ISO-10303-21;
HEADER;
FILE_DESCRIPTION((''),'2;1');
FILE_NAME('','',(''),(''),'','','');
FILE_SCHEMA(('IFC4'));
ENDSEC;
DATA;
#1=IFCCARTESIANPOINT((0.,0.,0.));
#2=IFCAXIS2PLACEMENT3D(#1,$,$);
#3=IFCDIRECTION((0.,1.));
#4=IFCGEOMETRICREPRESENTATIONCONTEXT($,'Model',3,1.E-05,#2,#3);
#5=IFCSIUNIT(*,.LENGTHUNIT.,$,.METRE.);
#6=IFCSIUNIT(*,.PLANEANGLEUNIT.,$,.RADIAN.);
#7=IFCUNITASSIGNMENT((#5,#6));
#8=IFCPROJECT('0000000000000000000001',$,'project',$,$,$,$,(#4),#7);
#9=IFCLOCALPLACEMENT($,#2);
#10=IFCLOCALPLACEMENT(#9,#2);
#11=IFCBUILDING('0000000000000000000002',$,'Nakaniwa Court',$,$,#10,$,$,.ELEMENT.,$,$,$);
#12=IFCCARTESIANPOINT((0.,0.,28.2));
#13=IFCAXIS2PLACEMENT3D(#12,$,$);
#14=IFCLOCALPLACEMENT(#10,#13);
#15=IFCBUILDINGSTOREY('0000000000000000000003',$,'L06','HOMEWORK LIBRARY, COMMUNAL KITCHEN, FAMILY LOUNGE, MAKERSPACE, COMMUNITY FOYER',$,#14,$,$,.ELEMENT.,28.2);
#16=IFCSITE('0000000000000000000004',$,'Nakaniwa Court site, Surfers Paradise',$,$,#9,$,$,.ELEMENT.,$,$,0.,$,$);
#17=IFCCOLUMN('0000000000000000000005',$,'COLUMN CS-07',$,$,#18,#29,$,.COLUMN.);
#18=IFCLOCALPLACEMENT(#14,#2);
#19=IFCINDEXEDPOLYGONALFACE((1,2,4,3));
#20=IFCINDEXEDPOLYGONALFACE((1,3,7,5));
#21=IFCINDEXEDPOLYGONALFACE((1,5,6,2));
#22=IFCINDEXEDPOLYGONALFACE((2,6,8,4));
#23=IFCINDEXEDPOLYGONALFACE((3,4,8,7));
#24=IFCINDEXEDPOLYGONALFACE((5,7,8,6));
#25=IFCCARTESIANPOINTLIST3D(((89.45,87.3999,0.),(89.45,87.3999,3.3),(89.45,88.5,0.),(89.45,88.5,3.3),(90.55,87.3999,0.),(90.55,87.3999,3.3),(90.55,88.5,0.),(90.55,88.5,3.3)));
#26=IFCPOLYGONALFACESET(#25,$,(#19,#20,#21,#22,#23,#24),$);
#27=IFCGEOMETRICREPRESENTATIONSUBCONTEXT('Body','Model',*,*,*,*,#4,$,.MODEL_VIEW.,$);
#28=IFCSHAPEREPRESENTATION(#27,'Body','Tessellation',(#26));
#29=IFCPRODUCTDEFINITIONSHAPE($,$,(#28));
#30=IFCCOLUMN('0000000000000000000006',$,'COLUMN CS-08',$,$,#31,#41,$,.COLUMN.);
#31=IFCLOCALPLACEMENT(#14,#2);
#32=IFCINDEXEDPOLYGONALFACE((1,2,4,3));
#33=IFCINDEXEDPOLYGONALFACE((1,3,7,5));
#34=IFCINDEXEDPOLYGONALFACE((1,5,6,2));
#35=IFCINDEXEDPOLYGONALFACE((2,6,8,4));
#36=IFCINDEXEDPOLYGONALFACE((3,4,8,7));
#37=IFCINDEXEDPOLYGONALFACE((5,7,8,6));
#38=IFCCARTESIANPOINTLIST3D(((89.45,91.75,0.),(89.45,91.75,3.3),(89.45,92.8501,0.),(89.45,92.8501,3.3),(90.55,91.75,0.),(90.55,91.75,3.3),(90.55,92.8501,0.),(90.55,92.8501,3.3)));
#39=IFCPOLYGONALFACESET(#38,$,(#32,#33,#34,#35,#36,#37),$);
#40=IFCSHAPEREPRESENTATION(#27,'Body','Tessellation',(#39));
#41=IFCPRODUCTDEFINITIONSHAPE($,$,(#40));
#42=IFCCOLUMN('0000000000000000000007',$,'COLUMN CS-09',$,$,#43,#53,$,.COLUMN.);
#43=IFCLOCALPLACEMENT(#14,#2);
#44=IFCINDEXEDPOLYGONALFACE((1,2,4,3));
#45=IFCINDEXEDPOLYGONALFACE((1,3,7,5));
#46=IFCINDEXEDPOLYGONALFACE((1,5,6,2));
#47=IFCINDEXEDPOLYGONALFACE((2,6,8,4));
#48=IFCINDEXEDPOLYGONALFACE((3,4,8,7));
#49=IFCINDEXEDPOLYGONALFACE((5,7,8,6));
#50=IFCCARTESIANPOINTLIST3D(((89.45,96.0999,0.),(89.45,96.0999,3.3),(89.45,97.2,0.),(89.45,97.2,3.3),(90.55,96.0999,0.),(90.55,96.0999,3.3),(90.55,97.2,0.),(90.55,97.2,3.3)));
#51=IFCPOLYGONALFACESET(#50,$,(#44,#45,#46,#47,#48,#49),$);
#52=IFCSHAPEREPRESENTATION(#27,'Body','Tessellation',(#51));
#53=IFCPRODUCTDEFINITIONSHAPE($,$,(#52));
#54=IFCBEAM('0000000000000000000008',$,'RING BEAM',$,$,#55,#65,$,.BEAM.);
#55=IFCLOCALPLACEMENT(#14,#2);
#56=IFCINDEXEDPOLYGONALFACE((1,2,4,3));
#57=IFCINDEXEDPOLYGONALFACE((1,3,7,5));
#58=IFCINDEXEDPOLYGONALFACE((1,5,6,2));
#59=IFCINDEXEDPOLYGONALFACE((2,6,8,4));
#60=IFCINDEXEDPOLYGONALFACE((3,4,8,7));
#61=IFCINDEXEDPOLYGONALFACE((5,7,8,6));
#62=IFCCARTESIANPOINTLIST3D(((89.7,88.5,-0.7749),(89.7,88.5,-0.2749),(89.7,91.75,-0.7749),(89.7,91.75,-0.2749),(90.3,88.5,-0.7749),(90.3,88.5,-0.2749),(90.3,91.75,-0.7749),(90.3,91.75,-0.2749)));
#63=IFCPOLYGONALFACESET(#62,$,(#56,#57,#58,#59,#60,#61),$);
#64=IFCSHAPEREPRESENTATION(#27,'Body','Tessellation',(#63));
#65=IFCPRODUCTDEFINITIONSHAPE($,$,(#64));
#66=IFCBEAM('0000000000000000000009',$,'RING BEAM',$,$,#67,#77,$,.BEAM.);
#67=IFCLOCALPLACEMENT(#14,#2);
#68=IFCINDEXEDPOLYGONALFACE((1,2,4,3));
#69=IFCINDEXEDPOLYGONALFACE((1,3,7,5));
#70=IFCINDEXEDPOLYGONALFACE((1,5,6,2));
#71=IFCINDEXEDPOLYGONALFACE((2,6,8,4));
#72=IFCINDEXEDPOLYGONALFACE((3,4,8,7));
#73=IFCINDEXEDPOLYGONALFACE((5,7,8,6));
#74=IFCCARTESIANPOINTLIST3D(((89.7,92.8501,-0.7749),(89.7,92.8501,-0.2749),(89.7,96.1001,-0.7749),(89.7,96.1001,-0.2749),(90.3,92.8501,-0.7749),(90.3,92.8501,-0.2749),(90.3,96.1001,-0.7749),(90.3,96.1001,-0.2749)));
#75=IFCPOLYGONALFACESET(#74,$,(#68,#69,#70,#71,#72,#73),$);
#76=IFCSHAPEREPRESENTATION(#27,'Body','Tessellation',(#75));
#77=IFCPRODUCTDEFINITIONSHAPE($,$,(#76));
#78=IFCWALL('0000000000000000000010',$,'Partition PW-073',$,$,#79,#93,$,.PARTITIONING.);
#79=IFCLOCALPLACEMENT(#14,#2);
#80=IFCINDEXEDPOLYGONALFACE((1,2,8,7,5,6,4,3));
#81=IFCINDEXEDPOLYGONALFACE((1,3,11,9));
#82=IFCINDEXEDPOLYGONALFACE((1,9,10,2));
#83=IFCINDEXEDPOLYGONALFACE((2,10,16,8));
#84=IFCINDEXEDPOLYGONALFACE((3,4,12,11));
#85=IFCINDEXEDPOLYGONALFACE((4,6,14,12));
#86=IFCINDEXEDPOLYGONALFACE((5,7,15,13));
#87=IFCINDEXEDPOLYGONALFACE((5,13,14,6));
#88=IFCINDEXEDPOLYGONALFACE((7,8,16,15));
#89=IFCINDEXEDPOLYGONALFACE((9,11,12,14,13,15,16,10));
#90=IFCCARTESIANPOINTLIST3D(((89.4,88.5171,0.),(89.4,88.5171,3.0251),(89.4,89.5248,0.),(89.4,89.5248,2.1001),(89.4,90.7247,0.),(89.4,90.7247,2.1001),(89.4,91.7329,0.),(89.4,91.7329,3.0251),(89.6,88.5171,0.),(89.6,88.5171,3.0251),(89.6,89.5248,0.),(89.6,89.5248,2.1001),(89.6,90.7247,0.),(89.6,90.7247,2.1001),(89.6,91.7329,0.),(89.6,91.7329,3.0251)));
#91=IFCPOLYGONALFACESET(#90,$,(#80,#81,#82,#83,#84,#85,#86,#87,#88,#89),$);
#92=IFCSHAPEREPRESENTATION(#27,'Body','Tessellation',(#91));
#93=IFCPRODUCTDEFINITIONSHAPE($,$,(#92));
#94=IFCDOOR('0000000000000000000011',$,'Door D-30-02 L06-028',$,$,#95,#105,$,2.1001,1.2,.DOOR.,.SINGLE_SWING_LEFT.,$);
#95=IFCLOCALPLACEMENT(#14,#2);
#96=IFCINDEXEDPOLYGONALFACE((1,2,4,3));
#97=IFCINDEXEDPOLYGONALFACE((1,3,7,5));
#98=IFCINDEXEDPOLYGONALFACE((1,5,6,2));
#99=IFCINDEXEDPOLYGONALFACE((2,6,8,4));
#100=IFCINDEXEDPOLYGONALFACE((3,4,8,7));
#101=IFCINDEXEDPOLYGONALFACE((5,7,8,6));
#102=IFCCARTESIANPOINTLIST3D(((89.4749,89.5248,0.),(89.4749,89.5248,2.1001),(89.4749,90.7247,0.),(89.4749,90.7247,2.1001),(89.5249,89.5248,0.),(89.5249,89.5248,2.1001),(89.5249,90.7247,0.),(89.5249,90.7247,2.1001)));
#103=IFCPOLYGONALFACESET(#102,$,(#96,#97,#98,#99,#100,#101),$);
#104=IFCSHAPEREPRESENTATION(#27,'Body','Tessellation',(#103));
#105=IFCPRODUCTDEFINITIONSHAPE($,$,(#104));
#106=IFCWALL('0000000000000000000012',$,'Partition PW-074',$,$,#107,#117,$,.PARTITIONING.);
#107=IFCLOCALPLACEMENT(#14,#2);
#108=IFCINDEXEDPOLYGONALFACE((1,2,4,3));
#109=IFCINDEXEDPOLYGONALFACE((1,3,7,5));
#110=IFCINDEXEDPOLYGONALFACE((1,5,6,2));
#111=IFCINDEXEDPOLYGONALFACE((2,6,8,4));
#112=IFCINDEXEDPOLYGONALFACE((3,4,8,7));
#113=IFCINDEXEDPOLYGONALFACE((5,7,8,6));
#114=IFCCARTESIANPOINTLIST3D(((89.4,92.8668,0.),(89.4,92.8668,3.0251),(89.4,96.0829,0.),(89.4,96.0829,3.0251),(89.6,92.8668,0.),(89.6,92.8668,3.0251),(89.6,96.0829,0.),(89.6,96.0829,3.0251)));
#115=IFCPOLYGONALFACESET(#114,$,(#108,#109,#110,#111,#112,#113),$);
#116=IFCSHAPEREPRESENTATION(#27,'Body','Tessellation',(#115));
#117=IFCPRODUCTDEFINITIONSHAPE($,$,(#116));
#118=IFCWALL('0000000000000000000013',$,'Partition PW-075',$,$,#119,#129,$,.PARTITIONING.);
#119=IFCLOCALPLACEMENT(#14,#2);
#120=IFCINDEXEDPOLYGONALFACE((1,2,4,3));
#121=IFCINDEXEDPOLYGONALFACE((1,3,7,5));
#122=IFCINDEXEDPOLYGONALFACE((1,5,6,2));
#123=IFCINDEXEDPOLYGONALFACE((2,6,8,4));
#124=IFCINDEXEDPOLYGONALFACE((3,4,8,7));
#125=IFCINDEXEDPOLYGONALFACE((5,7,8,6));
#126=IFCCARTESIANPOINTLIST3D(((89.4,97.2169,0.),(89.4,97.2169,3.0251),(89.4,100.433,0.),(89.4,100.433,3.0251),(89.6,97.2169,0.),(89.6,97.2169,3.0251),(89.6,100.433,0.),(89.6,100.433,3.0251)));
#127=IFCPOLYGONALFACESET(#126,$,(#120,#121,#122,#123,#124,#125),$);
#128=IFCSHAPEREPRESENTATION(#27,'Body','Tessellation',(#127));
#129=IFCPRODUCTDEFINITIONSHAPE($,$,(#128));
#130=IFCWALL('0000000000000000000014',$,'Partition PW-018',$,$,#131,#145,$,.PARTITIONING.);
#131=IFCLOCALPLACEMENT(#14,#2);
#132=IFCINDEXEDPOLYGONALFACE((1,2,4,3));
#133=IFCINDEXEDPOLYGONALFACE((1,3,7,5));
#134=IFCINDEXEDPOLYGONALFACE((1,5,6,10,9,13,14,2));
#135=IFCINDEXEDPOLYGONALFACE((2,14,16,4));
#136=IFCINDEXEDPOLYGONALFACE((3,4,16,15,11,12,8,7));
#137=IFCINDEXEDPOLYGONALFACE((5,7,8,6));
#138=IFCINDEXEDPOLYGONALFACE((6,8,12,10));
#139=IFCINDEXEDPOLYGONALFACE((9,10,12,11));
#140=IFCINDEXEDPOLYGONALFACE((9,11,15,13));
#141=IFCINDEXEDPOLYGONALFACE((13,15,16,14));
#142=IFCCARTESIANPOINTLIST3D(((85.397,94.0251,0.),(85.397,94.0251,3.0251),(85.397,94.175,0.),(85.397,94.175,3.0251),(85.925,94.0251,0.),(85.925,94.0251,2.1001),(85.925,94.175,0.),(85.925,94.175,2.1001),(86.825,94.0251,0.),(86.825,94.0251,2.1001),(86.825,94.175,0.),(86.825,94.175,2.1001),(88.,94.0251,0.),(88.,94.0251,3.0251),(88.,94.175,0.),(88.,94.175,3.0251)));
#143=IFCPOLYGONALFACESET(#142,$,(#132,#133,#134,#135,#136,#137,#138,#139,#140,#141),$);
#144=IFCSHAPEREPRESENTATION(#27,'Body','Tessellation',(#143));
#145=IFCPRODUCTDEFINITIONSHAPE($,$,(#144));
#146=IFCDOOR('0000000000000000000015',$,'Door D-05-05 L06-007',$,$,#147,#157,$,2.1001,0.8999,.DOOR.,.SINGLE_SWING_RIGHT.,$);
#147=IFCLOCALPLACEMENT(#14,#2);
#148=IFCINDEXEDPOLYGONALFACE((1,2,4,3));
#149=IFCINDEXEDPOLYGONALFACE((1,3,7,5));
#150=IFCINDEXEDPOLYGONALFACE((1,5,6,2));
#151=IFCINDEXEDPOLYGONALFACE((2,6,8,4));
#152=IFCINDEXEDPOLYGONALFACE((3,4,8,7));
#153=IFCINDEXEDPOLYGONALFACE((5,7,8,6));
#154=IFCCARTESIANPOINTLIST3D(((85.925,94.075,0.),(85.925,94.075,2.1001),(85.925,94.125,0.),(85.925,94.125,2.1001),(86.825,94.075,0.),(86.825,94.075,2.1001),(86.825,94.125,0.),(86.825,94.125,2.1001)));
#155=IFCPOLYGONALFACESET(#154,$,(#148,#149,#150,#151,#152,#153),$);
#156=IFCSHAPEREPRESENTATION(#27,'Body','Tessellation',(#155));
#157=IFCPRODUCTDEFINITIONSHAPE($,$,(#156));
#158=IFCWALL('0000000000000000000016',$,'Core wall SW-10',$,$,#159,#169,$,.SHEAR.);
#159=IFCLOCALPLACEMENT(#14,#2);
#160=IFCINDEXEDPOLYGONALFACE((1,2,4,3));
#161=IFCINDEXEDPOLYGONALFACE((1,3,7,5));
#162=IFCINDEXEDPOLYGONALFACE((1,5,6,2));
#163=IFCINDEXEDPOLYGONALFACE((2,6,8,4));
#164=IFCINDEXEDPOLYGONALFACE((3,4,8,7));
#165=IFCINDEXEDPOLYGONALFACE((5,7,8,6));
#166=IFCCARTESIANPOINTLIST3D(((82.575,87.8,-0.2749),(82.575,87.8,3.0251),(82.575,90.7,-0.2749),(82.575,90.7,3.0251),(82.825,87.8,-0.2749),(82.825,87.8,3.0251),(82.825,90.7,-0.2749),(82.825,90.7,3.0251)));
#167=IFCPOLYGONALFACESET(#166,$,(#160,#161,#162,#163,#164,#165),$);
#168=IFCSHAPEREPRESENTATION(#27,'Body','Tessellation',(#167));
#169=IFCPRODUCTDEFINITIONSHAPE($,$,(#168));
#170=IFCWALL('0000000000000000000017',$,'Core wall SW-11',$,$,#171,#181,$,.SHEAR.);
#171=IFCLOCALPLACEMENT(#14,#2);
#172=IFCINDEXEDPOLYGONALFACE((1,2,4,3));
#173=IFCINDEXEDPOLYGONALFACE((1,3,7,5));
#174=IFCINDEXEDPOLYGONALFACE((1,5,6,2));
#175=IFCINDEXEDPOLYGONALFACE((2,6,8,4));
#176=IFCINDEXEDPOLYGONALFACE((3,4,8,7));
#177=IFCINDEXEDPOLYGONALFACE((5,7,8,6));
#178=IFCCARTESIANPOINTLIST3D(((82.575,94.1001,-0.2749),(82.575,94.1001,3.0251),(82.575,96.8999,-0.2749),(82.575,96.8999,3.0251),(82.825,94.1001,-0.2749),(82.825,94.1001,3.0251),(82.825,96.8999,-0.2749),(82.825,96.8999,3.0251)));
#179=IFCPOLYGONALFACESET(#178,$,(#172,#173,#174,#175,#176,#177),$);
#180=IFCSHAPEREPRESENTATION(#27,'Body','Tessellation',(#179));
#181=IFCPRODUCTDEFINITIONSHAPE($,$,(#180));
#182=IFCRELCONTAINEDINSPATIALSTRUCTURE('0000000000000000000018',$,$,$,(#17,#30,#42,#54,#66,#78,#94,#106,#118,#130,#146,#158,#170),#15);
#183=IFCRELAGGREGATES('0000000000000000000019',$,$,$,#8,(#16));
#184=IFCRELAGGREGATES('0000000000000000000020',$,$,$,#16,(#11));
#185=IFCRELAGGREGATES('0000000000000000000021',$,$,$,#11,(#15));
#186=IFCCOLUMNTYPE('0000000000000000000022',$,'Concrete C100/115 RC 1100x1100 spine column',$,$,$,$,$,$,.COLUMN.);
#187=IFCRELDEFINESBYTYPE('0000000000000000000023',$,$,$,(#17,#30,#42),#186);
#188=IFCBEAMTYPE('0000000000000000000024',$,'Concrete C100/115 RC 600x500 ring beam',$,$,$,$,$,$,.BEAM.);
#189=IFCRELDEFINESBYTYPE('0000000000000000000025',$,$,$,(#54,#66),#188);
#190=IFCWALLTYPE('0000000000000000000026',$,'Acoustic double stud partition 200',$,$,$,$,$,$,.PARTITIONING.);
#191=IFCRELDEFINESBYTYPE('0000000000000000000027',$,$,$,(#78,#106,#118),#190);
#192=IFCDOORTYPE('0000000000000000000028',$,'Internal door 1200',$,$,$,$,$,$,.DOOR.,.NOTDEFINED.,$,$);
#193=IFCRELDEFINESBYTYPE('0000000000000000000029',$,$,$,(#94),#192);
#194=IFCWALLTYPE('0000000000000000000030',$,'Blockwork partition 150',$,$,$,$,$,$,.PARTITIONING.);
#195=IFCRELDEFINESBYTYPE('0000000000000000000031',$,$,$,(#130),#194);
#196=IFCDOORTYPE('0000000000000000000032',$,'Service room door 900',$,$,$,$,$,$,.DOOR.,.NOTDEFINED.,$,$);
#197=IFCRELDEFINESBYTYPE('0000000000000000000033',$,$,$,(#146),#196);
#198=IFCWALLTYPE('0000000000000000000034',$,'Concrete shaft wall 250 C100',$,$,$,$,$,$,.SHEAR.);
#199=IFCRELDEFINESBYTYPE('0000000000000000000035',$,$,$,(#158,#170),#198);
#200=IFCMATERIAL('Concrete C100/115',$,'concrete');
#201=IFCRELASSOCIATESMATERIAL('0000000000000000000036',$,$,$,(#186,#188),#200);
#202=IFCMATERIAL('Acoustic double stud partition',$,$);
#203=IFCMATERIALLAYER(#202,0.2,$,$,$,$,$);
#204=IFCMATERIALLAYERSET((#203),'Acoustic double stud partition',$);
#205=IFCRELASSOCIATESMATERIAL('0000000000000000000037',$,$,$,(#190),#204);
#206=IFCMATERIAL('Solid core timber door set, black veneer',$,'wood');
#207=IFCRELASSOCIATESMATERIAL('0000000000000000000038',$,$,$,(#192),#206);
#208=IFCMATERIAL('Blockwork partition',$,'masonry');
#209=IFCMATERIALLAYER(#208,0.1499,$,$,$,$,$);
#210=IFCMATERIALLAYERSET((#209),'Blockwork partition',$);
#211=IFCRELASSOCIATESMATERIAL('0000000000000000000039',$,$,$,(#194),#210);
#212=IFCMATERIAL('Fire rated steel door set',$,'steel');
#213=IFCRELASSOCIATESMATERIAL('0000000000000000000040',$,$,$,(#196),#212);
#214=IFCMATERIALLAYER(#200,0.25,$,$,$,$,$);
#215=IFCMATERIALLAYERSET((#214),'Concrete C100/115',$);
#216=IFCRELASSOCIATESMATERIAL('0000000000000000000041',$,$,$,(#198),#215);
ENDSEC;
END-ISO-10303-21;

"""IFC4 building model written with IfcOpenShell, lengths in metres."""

from ifc_helpers import new_model, si_unit, direction, frame, frame_2d, origin, origin_2d, place, context, subcontext, project, spatial, rectangle, extrude, material, layer, layer_set, material_profile, profile_set, type_object, element, fill, save


model = new_model("IFC4")

# Units and contexts
model_context = context("Model", 3, precision=1e-05, world=origin(), true_north=direction((0.0, 1.0)))
body_context = subcontext(model_context, "Body", "Model", "MODEL_VIEW")
ifc_project = project(units=[si_unit("LENGTHUNIT", "METRE"), si_unit("PLANEANGLEUNIT", "RADIAN")], contexts=[model_context])

# Site, building, storey
site_placement = place(None, origin())
site = spatial("IfcSite", under=ifc_project, at=site_placement, Name="Nakaniwa Court site, Surfers Paradise", CompositionType="ELEMENT", RefElevation=0.0)
building_placement = place(site_placement, origin())
building = spatial("IfcBuilding", under=site, at=building_placement, Name="Nakaniwa Court", CompositionType="ELEMENT")
storey_placement = place(building_placement, frame((0.0, 0.0, 28.2)))
storey = spatial("IfcBuildingStorey", under=building, at=storey_placement, Name="L06", Description="HOMEWORK LIBRARY, COMMUNAL KITCHEN, FAMILY LOUNGE, MAKERSPACE, COMMUNITY FOYER", CompositionType="ELEMENT", Elevation=28.2)

# Columns
ifc_material_1 = material(Name="Concrete C100/115", Category="concrete")
ifc_material_profile_1 = material_profile(ifc_material_1, rectangle(XDim=1.1001, YDim=1.1001, at=origin_2d()), Name="Concrete C100/115 RC 1100x1100 spine column")
ifc_profile_set_1 = profile_set([ifc_material_profile_1], Name="Concrete C100/115")
column_type = type_object("IfcColumnType", Name="Concrete C100/115 RC 1100x1100 spine column", PredefinedType="COLUMN", material=ifc_profile_set_1)
for number, where, z_axis, x_axis, name in (
    (1, (90.0, 87.95, 0.0), (0.0, 0.0, 1.0), (0.0, 1.0, 0.0), "COLUMN CS-07"),
    (2, (90.0, 92.3, 0.0), (0.0, 0.0, 1.0), (0.0, 1.0, 0.0), "COLUMN CS-08"),
    (3, (90.0, 96.6499, 0.0), (0.0, 0.0, 1.0), (0.0, 1.0, 0.0), "COLUMN CS-09"),
):
    element("IfcColumn", number, at=place(storey_placement, frame(where, z_axis=z_axis, x_axis=x_axis)), inside=storey, type_object=column_type, Name=name, PredefinedType="COLUMN", context=body_context, shape_type="SweptSolid", body=[
        extrude(rectangle(XDim=1.1001, YDim=1.1001, at=origin_2d()), origin(), (0.0, 0.0, 1.0), 3.3),
    ])

# Beams
ifc_material_profile_2 = material_profile(ifc_material_1, rectangle(XDim=0.6001, YDim=0.5, at=origin_2d()), Name="Concrete C100/115 RC 600x500 ring beam")
ifc_profile_set_2 = profile_set([ifc_material_profile_2], Name="Concrete C100/115")
beam_type = type_object("IfcBeamType", Name="Concrete C100/115 RC 600x500 ring beam", PredefinedType="BEAM", material=ifc_profile_set_2)
for number, where, z_axis, x_axis, name in (
    (4, (90.0, 88.5, -0.5249), (0.0, 1.0, 0.0), (-1.0, 0.0, 0.0), "RING BEAM"),
    (5, (90.0, 92.8501, -0.5249), (0.0, 1.0, 0.0), (-1.0, 0.0, 0.0), "RING BEAM"),
):
    element("IfcBeam", number, at=place(storey_placement, frame(where, z_axis=z_axis, x_axis=x_axis)), inside=storey, type_object=beam_type, Name=name, PredefinedType="BEAM", context=body_context, shape_type="SweptSolid", body=[
        extrude(rectangle(XDim=0.6001, YDim=0.5, at=origin_2d()), origin(), (0.0, 0.0, 1.0), 3.25),
    ])

# Wall, opening, door
ifc_material_2 = material(Name="Acoustic double stud partition")
ifc_layer_1 = layer(ifc_material_2, 0.2)
ifc_layer_set_1 = layer_set([ifc_layer_1], Name="Acoustic double stud partition")
wall_type_1 = type_object("IfcWallType", Name="Acoustic double stud partition 200", PredefinedType="PARTITIONING", material=ifc_layer_set_1)
wall_1_placement = place(storey_placement, frame((89.5, 91.7329, 0.0), z_axis=(0.0, 0.0, 1.0), x_axis=(0.0, -1.0, 0.0)))
wall_1 = element("IfcWall", 6, at=wall_1_placement, inside=storey, type_object=wall_type_1, Name="Partition PW-073", PredefinedType="PARTITIONING", context=body_context, shape_type="SweptSolid", body=[
    extrude(rectangle(XDim=3.2158, YDim=0.2, at=frame_2d((1.6079, 0.0))), origin(), (0.0, 0.0, 1.0), 3.0251),
])
opening_1_placement = place(wall_1_placement, frame((1.0081, 0.0, 0.0)))
opening_1 = element("IfcOpeningElement", 7, at=opening_1_placement, cuts=wall_1, PredefinedType="OPENING", context=body_context, shape_type="SweptSolid", body=[
    extrude(rectangle(XDim=1.2, YDim=2.1001, at=frame_2d((0.6001, 1.05))), frame((0.0, 0.1099, 0.0), z_axis=(0.0, -1.0, 0.0), x_axis=(1.0, 0.0, 0.0)), (0.0, 0.0, 1.0), 0.22),
])
ifc_material_3 = material(Name="Solid core timber door set, black veneer", Category="wood")
door_type_1 = type_object("IfcDoorType", Name="Internal door 1200", OperationType="NOTDEFINED", PredefinedType="DOOR", material=ifc_material_3)
door_1_placement = place(opening_1_placement, origin())
door_1 = element("IfcDoor", 8, at=door_1_placement, inside=storey, type_object=door_type_1, Name="Door D-30-02 L06-028", OperationType="SINGLE_SWING_LEFT", OverallHeight=2.1001, OverallWidth=1.2, PredefinedType="DOOR", context=body_context, shape_type="SweptSolid", body=[
    extrude(rectangle(XDim=1.2, YDim=2.1001, at=frame_2d((0.6001, 1.05))), frame((0.0, 0.0249, 0.0), z_axis=(0.0, -1.0, 0.0), x_axis=(1.0, 0.0, 0.0)), (0.0, 0.0, 1.0), 0.05),
])
fill(opening_1, door_1)

# Walls
for number, where, z_axis, x_axis, name in (
    (9, (89.5, 92.8669, 0.0), (0.0, 0.0, 1.0), (0.0, 1.0, 0.0), "Partition PW-074"),
    (10, (89.5, 97.217, 0.0), (0.0, 0.0, 1.0), (0.0, 1.0, 0.0), "Partition PW-075"),
):
    element("IfcWall", number, at=place(storey_placement, frame(where, z_axis=z_axis, x_axis=x_axis)), inside=storey, type_object=wall_type_1, Name=name, PredefinedType="PARTITIONING", context=body_context, shape_type="SweptSolid", body=[
        extrude(rectangle(XDim=3.2161, YDim=0.2, at=frame_2d((1.6079, 0.0))), origin(), (0.0, 0.0, 1.0), 3.0251),
    ])

# Wall, opening, door
ifc_material_4 = material(Name="Blockwork partition", Category="masonry")
ifc_layer_2 = layer(ifc_material_4, 0.1499)
ifc_layer_set_2 = layer_set([ifc_layer_2], Name="Blockwork partition")
wall_type_2 = type_object("IfcWallType", Name="Blockwork partition 150", PredefinedType="PARTITIONING", material=ifc_layer_set_2)
wall_2_placement = place(storey_placement, frame((85.397, 94.1001, 0.0), z_axis=(0.0, 0.0, 1.0), x_axis=(1.0, 0.0, 0.0)))
wall_2 = element("IfcWall", 11, at=wall_2_placement, inside=storey, type_object=wall_type_2, Name="Partition PW-018", PredefinedType="PARTITIONING", context=body_context, shape_type="SweptSolid", body=[
    extrude(rectangle(XDim=2.603, YDim=0.1499, at=frame_2d((1.3015, 0.0))), origin(), (0.0, 0.0, 1.0), 3.0251),
])
opening_2_placement = place(wall_2_placement, frame((0.5281, 0.0, 0.0)))
opening_2 = element("IfcOpeningElement", 12, at=opening_2_placement, cuts=wall_2, PredefinedType="OPENING", context=body_context, shape_type="SweptSolid", body=[
    extrude(rectangle(XDim=0.8999, YDim=2.1001, at=frame_2d((0.45, 1.05))), frame((0.0, 0.085, 0.0), z_axis=(0.0, -1.0, 0.0), x_axis=(1.0, 0.0, 0.0)), (0.0, 0.0, 1.0), 0.1699),
])
ifc_material_5 = material(Name="Fire rated steel door set", Category="steel")
door_type_2 = type_object("IfcDoorType", Name="Service room door 900", OperationType="NOTDEFINED", PredefinedType="DOOR", material=ifc_material_5)
door_2_placement = place(opening_2_placement, origin())
door_2 = element("IfcDoor", 13, at=door_2_placement, inside=storey, type_object=door_type_2, Name="Door D-05-05 L06-007", OperationType="SINGLE_SWING_RIGHT", OverallHeight=2.1001, OverallWidth=0.8999, PredefinedType="DOOR", context=body_context, shape_type="SweptSolid", body=[
    extrude(rectangle(XDim=0.8999, YDim=2.1001, at=frame_2d((0.45, 1.05))), frame((0.0, 0.0249, 0.0), z_axis=(0.0, -1.0, 0.0), x_axis=(1.0, 0.0, 0.0)), (0.0, 0.0, 1.0), 0.05),
])
fill(opening_2, door_2)

# Walls
ifc_layer_3 = layer(ifc_material_1, 0.25)
ifc_layer_set_3 = layer_set([ifc_layer_3], Name="Concrete C100/115")
wall_type_3 = type_object("IfcWallType", Name="Concrete shaft wall 250 C100", PredefinedType="SHEAR", material=ifc_layer_set_3)
wall_3_placement = place(storey_placement, frame((82.7, 87.8, -0.2749), z_axis=(0.0, 0.0, 1.0), x_axis=(0.0, 1.0, 0.0)))
element("IfcWall", 14, at=wall_3_placement, inside=storey, type_object=wall_type_3, Name="Core wall SW-10", PredefinedType="SHEAR", context=body_context, shape_type="SweptSolid", body=[
    extrude(rectangle(XDim=2.8999, YDim=0.25, at=frame_2d((1.45, 0.0))), origin(), (0.0, 0.0, 1.0), 3.3),
])
wall_4_placement = place(storey_placement, frame((82.7, 94.1001, -0.2749), z_axis=(0.0, 0.0, 1.0), x_axis=(0.0, 1.0, 0.0)))
element("IfcWall", 15, at=wall_4_placement, inside=storey, type_object=wall_type_3, Name="Core wall SW-11", PredefinedType="SHEAR", context=body_context, shape_type="SweptSolid", body=[
    extrude(rectangle(XDim=2.7998, YDim=0.25, at=frame_2d((1.3999, 0.0))), origin(), (0.0, 0.0, 1.0), 3.3),
])

save(model, "model.ifc")
